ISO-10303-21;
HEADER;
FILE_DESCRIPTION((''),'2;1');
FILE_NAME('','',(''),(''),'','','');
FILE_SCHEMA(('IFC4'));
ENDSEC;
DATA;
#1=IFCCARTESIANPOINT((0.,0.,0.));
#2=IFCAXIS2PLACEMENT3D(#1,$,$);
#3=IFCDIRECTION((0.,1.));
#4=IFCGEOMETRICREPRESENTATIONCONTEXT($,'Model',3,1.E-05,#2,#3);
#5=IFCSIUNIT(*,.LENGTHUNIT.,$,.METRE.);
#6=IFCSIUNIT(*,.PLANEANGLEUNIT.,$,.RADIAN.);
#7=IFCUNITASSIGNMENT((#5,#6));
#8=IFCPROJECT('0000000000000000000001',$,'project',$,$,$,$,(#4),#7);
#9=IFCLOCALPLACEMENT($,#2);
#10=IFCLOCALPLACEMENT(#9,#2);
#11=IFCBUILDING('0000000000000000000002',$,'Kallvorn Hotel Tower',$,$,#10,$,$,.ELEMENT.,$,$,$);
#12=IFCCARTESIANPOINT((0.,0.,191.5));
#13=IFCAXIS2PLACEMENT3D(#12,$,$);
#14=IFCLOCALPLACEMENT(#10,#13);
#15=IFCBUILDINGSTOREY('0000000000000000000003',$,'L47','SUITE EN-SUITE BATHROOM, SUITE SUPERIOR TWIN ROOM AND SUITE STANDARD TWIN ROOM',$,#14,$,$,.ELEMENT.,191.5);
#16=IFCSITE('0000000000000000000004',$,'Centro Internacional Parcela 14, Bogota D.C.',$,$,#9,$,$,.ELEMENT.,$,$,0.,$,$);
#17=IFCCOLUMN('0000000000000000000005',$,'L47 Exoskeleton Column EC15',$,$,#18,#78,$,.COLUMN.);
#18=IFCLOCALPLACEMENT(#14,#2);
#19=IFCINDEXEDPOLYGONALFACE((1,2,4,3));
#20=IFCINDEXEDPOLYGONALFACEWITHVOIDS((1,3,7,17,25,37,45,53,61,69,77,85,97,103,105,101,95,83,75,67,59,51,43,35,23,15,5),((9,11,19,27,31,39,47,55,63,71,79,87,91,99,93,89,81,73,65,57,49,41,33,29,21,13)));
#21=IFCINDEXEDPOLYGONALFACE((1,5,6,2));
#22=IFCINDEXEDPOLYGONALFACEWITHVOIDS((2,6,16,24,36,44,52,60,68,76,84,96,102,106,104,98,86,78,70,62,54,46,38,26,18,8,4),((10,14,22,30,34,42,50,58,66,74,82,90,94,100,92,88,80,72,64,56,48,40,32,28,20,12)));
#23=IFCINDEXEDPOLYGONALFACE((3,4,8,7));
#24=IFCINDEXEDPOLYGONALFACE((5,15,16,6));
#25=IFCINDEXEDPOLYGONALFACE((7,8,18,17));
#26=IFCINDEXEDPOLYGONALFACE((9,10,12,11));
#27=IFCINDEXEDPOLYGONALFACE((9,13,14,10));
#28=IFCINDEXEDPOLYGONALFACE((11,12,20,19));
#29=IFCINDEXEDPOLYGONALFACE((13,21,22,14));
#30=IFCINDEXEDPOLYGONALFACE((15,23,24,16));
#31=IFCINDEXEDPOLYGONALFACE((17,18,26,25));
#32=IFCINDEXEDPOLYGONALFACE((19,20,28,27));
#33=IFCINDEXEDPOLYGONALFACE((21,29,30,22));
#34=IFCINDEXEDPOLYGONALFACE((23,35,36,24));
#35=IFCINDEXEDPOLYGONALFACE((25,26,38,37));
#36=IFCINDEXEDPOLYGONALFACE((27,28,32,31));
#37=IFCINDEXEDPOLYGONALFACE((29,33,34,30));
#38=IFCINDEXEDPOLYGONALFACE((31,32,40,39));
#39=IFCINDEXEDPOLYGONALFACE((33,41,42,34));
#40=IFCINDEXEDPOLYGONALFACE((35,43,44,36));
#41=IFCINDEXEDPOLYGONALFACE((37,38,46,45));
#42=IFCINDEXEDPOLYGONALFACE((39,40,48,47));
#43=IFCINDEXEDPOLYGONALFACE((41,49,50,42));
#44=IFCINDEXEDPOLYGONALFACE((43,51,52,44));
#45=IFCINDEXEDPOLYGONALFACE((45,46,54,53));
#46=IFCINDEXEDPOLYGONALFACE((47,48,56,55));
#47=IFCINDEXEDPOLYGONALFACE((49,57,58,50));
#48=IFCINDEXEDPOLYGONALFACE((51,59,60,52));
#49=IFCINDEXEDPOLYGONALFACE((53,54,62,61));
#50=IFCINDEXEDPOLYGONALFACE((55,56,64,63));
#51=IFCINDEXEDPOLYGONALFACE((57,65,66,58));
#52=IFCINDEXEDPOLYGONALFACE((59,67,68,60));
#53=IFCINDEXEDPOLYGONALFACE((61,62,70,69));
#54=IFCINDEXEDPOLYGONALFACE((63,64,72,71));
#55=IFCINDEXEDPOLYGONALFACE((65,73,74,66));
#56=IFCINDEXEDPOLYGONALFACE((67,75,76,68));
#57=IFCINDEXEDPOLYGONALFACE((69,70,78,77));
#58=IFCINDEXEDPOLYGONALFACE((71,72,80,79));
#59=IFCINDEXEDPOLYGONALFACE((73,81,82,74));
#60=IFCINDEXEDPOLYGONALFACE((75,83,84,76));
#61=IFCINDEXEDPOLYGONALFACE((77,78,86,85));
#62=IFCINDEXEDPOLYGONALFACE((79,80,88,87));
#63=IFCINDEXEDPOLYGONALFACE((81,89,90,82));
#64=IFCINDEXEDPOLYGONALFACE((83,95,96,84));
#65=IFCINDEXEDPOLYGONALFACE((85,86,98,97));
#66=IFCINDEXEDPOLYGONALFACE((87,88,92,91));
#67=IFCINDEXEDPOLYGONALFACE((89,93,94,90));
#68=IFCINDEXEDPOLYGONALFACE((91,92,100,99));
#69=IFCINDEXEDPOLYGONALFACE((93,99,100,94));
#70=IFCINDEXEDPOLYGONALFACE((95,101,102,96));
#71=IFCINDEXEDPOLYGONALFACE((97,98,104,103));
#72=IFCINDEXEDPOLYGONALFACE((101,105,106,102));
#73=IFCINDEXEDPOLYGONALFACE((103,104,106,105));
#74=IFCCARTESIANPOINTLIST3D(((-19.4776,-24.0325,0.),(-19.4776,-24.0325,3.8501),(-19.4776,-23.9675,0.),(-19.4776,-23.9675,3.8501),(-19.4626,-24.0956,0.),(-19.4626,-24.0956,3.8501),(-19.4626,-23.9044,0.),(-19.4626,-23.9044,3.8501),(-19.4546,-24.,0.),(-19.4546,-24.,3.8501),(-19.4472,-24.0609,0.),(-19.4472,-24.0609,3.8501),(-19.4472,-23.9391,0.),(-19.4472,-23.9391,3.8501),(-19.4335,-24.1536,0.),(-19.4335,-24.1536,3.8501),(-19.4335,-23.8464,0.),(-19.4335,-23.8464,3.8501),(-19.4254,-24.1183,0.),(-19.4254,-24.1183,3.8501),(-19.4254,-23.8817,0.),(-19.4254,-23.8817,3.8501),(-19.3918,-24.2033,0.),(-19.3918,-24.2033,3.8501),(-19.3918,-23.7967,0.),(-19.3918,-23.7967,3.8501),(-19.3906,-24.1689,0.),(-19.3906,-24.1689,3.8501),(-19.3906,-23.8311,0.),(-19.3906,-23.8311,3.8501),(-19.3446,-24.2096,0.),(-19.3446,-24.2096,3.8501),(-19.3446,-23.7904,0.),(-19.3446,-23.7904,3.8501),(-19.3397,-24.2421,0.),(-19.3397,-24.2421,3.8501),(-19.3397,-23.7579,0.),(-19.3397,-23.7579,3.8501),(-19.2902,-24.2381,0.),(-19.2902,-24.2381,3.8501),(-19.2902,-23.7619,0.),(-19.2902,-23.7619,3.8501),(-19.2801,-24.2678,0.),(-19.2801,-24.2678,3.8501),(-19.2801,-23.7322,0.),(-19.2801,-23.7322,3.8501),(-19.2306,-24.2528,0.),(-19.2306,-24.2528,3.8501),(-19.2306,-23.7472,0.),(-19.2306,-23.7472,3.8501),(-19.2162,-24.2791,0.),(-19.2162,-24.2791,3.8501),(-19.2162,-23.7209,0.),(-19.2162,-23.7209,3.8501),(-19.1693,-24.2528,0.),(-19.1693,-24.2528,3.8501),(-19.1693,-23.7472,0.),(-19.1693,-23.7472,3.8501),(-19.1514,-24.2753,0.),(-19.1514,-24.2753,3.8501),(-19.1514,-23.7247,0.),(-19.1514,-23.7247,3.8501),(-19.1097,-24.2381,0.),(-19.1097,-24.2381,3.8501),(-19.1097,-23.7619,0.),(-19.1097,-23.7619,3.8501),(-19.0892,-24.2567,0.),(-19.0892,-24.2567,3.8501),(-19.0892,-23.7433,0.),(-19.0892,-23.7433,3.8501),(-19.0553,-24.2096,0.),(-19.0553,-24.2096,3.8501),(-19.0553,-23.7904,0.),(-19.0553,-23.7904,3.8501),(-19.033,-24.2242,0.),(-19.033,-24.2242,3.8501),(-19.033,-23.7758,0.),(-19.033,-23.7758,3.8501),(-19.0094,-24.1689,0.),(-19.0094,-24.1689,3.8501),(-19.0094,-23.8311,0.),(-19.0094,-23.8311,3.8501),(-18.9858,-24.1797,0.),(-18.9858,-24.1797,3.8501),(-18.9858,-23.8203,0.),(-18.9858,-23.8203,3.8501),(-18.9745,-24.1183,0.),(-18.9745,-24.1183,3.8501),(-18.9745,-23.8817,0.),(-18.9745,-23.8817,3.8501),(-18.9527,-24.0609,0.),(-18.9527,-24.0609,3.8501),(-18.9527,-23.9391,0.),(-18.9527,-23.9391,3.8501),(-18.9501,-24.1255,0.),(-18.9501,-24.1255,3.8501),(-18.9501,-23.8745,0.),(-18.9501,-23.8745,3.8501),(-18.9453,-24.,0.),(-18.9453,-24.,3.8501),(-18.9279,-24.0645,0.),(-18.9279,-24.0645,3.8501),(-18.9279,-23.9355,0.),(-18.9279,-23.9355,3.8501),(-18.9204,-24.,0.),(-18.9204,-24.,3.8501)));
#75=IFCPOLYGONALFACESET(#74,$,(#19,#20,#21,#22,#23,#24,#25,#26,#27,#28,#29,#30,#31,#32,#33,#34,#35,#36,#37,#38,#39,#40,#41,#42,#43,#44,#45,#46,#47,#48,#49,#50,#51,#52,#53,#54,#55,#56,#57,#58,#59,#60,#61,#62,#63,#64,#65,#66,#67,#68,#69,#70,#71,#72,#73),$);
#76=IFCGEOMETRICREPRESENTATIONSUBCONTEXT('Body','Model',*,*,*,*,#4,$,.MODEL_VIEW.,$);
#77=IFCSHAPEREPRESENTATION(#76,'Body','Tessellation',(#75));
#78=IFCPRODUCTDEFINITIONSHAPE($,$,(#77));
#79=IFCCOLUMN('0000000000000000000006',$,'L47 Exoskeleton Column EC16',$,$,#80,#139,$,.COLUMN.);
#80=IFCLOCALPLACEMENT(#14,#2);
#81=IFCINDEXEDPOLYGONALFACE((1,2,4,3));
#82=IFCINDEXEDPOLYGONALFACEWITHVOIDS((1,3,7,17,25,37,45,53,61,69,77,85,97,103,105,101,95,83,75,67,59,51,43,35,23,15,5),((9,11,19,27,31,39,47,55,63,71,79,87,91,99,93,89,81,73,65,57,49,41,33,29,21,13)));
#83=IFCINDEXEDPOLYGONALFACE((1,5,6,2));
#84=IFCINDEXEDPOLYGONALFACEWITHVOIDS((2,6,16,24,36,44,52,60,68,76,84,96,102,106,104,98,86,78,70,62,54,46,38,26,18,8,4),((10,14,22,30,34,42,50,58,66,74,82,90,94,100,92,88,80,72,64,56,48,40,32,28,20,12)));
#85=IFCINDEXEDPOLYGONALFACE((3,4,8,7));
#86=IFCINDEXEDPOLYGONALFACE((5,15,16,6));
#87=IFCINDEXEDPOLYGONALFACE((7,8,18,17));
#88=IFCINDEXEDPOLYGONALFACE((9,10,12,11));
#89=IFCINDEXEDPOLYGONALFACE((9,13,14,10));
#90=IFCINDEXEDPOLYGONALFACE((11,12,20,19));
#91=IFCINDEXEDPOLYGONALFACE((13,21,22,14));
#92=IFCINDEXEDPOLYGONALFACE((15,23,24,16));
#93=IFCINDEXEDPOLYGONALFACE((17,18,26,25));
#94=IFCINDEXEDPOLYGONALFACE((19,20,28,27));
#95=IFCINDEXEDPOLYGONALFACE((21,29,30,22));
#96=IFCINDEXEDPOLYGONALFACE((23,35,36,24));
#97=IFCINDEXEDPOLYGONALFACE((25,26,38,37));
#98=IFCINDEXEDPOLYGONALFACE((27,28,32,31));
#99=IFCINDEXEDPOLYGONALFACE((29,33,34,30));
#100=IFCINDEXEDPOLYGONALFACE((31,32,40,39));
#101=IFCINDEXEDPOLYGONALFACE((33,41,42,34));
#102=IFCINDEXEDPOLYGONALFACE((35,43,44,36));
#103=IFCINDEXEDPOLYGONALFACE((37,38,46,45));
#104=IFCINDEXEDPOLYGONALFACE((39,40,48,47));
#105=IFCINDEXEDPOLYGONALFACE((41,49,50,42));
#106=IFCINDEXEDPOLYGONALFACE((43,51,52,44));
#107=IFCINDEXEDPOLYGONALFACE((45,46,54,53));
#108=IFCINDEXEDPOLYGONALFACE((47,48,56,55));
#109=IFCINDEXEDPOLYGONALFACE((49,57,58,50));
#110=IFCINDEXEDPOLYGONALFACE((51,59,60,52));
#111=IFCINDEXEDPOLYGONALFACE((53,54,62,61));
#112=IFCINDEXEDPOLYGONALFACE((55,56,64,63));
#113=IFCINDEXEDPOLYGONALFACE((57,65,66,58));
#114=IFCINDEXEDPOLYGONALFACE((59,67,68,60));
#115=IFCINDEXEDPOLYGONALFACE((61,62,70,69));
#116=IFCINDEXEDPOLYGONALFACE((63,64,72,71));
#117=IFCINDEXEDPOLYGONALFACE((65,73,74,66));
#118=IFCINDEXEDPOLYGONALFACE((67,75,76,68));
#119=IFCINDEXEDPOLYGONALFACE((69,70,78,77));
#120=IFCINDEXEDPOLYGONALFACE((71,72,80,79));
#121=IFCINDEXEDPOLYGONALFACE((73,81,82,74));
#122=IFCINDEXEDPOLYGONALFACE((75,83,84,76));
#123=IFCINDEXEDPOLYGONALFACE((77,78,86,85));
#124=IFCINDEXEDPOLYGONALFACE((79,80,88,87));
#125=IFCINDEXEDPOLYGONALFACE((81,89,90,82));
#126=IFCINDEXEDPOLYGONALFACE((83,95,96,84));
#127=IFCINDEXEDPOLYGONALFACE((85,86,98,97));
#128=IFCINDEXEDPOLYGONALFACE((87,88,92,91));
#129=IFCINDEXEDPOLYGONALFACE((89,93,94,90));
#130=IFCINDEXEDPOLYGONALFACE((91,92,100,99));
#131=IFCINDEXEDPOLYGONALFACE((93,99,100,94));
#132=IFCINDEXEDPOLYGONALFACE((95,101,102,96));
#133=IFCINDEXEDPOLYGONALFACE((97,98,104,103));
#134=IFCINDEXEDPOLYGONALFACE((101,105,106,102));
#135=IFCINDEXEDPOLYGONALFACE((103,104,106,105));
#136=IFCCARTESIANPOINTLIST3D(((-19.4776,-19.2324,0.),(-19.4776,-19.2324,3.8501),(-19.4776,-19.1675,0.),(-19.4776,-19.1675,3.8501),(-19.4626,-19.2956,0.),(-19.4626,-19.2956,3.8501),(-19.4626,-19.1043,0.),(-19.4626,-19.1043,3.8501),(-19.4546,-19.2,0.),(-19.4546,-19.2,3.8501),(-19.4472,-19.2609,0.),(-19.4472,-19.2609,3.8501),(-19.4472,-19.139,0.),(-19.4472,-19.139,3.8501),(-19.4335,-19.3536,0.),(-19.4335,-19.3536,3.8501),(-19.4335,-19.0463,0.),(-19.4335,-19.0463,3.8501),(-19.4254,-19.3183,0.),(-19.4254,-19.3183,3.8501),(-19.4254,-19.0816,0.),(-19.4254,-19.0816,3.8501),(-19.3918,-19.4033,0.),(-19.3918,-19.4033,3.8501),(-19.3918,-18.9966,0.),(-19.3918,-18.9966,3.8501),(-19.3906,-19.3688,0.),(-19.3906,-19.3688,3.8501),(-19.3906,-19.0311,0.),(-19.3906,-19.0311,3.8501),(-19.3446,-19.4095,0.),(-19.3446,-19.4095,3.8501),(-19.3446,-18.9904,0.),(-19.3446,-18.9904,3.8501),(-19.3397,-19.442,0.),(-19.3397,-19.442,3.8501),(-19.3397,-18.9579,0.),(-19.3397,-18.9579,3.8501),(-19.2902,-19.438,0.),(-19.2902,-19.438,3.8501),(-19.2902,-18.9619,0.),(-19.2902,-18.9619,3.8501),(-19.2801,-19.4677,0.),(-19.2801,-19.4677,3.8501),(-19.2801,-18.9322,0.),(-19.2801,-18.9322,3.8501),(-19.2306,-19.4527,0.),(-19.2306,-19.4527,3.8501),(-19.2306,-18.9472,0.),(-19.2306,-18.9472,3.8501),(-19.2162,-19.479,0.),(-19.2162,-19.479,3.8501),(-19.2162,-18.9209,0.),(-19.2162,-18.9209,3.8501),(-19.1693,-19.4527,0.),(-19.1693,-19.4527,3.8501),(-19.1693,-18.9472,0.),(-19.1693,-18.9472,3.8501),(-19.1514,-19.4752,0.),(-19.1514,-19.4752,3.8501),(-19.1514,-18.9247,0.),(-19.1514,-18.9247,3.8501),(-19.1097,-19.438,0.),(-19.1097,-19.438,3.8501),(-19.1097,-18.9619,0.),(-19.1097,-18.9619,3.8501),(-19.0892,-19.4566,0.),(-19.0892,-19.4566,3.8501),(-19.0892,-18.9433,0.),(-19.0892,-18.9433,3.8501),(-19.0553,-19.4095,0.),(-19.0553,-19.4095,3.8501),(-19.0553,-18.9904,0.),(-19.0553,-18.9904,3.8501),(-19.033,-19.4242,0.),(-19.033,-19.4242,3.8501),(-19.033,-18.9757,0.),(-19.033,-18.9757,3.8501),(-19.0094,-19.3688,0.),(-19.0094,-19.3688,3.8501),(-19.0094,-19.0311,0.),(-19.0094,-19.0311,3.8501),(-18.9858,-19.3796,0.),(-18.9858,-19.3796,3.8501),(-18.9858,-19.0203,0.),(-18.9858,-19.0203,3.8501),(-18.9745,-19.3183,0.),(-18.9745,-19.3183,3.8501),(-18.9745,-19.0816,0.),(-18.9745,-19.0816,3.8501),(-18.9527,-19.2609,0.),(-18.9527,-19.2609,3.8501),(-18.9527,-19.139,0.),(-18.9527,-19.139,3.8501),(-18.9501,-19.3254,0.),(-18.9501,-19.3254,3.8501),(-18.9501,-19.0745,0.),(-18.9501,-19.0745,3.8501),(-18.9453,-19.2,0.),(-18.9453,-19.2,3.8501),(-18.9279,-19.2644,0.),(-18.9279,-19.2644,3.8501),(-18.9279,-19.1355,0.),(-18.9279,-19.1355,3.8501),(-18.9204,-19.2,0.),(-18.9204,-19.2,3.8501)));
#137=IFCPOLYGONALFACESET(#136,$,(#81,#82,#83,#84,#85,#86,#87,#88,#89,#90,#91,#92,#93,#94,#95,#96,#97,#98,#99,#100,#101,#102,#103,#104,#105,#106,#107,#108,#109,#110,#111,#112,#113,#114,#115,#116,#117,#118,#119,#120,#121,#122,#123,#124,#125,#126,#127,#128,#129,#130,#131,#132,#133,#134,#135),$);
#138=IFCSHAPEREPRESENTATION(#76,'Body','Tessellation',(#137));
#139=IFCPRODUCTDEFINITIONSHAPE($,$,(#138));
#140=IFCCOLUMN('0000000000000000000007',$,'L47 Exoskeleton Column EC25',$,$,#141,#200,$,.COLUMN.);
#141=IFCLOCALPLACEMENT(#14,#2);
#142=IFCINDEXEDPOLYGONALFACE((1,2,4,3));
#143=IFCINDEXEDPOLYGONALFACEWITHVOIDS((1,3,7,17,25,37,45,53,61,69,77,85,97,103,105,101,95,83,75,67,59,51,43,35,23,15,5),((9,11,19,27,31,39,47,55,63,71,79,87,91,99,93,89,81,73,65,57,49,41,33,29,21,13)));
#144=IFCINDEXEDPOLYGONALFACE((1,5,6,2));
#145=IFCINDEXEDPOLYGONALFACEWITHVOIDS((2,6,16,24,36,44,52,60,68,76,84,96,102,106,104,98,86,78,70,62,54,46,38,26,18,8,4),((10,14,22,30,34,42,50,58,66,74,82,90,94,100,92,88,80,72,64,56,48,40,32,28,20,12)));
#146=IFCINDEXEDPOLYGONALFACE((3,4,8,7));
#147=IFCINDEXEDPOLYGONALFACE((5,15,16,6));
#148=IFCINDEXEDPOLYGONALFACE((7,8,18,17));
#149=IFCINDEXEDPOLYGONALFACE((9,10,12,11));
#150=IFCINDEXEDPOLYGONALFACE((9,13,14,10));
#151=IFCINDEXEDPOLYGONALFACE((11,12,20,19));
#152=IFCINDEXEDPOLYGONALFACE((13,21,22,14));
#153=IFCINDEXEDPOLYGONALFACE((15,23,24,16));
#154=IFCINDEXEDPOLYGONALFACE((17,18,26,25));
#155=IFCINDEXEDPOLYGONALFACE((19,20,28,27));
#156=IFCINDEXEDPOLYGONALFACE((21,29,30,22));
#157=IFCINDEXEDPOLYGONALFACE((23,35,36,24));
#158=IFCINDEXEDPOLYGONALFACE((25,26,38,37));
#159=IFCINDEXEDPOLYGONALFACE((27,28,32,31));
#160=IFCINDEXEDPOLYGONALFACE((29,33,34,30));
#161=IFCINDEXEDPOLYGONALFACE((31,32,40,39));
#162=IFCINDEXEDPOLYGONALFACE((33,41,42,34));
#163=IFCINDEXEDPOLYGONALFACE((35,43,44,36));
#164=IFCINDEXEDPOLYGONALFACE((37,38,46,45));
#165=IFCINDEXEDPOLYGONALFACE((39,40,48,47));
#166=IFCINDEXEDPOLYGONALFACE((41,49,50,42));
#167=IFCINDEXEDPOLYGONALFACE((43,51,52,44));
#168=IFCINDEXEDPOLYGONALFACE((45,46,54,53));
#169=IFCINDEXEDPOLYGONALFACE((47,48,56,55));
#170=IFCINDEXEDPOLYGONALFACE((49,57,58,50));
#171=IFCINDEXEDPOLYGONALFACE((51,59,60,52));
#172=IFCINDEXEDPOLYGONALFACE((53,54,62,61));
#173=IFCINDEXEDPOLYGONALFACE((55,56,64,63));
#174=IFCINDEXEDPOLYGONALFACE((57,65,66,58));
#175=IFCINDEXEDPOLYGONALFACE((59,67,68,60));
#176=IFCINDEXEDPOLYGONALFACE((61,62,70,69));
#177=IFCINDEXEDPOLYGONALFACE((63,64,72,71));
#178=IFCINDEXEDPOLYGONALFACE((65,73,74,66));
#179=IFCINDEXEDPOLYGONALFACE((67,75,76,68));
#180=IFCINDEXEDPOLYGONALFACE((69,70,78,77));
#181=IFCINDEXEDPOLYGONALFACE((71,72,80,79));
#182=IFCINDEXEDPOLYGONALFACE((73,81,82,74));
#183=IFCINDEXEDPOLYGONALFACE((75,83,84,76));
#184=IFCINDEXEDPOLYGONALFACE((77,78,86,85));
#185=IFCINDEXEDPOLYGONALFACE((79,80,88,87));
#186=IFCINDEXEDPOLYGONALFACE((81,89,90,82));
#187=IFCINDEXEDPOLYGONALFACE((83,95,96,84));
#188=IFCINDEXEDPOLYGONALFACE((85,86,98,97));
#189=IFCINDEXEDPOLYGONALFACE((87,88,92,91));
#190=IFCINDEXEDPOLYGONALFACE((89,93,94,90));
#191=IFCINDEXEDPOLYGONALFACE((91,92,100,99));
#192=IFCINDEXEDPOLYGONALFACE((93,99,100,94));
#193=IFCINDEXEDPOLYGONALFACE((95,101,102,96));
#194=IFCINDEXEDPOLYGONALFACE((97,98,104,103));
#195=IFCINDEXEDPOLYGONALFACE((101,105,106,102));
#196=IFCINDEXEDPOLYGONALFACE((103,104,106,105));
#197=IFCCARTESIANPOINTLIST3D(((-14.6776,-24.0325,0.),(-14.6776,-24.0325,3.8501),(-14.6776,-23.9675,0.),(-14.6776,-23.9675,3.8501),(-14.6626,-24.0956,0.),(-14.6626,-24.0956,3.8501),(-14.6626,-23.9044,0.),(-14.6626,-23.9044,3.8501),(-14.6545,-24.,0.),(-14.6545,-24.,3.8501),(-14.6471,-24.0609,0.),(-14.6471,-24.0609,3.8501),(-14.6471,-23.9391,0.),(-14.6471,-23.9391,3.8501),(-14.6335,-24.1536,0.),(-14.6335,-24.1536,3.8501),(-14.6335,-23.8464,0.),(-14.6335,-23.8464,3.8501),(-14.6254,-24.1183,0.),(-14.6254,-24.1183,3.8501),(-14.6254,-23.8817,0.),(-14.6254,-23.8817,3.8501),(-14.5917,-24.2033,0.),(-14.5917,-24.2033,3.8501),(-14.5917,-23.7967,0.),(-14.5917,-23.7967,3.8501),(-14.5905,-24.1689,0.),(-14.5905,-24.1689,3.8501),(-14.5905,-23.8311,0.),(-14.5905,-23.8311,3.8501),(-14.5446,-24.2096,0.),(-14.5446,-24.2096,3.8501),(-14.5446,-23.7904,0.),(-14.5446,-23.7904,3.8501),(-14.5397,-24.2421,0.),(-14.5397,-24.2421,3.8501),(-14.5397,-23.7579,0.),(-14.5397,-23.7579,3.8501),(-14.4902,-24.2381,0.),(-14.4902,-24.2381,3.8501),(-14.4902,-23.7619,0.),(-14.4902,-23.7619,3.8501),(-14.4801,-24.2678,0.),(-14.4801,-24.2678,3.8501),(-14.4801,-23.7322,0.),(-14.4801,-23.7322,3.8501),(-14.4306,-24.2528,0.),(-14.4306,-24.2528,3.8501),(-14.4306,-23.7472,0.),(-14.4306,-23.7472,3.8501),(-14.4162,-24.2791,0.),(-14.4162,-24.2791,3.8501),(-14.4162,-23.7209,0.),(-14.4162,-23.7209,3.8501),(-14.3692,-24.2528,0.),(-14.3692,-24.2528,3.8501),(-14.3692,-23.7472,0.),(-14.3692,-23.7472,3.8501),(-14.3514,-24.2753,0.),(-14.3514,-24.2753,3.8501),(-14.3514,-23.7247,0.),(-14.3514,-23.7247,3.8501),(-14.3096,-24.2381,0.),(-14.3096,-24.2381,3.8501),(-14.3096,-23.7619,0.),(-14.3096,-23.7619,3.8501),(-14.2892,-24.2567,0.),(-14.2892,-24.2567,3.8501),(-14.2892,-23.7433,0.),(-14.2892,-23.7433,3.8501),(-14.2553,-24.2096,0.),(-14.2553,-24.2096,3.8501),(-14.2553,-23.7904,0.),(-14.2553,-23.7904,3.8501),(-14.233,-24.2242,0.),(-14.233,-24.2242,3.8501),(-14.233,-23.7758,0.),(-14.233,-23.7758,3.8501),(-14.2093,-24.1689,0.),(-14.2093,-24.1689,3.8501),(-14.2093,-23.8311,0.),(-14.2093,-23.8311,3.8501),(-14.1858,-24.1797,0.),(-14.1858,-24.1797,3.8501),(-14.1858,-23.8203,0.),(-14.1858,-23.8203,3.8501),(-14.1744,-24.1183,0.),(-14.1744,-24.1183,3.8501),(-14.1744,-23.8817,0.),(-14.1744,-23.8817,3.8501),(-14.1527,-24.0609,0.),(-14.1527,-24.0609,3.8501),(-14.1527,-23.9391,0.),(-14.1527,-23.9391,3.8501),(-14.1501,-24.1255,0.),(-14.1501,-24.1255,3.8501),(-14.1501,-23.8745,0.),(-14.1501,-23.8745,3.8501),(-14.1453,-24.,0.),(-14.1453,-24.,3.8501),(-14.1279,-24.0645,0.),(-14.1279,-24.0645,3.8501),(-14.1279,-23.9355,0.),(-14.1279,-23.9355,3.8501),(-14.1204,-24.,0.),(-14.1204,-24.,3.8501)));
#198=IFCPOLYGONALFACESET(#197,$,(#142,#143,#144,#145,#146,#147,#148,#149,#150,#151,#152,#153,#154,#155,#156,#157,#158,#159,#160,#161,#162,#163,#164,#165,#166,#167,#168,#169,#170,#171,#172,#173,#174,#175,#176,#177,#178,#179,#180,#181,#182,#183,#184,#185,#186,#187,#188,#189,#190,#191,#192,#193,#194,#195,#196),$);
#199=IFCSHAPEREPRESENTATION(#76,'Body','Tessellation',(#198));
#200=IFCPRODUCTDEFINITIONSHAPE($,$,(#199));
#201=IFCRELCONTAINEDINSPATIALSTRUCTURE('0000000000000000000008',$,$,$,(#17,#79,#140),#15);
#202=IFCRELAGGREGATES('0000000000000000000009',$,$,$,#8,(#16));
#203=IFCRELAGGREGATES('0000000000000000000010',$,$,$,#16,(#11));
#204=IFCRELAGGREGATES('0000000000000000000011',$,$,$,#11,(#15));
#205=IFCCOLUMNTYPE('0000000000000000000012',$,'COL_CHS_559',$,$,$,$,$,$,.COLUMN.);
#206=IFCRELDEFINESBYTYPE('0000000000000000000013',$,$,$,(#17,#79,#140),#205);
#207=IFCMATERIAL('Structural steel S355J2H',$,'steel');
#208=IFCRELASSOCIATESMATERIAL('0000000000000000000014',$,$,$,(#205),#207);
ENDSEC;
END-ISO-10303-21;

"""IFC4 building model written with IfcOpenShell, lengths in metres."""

from ifc_helpers import new_model, si_unit, direction, frame, origin, origin_2d, place, context, subcontext, project, spatial, hollow_circle, extrude, material, material_profile, profile_set, type_object, element, save


model = new_model("IFC4")

# Units and contexts
model_context = context("Model", 3, precision=1e-05, world=origin(), true_north=direction((0.0, 1.0)))
body_context = subcontext(model_context, "Body", "Model", "MODEL_VIEW")
ifc_project = project(units=[si_unit("LENGTHUNIT", "METRE"), si_unit("PLANEANGLEUNIT", "RADIAN")], contexts=[model_context])

# Site, building, storey
site_placement = place(None, origin())
site = spatial("IfcSite", under=ifc_project, at=site_placement, Name="Centro Internacional Parcela 14, Bogota D.C.", CompositionType="ELEMENT", RefElevation=0.0)
building_placement = place(site_placement, origin())
building = spatial("IfcBuilding", under=site, at=building_placement, Name="Kallvorn Hotel Tower", CompositionType="ELEMENT")
storey_placement = place(building_placement, frame((0.0, 0.0, 191.5)))
storey = spatial("IfcBuildingStorey", under=building, at=storey_placement, Name="L47", Description="SUITE EN-SUITE BATHROOM, SUITE SUPERIOR TWIN ROOM AND SUITE STANDARD TWIN ROOM", CompositionType="ELEMENT", Elevation=191.5)

# Columns
ifc_material_1 = material(Name="Structural steel S355J2H", Category="steel")
ifc_material_profile_1 = material_profile(ifc_material_1, hollow_circle(Radius=0.2795, WallThickness=0.0249, at=origin_2d()), Name="CHS 559x25")
ifc_profile_set_1 = profile_set([ifc_material_profile_1], Name="Structural steel S355J2H")
column_type = type_object("IfcColumnType", Name="COL_CHS_559", PredefinedType="COLUMN", material=ifc_profile_set_1)
for number, where, z_axis, x_axis, name in (
    (1, (-19.2, -24.0, 0.0), (0.0, 0.0, 1.0), (1.0, 0.0, 0.0), "L47 Exoskeleton Column EC15"),
    (2, (-19.2, -19.2, 0.0), (0.0, 0.0, 1.0), (1.0, 0.0, 0.0), "L47 Exoskeleton Column EC16"),
    (3, (-14.3999, -24.0, 0.0), (0.0, 0.0, 1.0), (1.0, 0.0, 0.0), "L47 Exoskeleton Column EC25"),
):
    element("IfcColumn", number, at=place(storey_placement, frame(where, z_axis=z_axis, x_axis=x_axis)), inside=storey, type_object=column_type, Name=name, PredefinedType="COLUMN", context=body_context, shape_type="SweptSolid", body=[
        extrude(hollow_circle(Radius=0.2795, WallThickness=0.0249, at=origin_2d()), origin(), (0.0, 0.0, 1.0), 3.8501),
    ])

save(model, "model.ifc")
